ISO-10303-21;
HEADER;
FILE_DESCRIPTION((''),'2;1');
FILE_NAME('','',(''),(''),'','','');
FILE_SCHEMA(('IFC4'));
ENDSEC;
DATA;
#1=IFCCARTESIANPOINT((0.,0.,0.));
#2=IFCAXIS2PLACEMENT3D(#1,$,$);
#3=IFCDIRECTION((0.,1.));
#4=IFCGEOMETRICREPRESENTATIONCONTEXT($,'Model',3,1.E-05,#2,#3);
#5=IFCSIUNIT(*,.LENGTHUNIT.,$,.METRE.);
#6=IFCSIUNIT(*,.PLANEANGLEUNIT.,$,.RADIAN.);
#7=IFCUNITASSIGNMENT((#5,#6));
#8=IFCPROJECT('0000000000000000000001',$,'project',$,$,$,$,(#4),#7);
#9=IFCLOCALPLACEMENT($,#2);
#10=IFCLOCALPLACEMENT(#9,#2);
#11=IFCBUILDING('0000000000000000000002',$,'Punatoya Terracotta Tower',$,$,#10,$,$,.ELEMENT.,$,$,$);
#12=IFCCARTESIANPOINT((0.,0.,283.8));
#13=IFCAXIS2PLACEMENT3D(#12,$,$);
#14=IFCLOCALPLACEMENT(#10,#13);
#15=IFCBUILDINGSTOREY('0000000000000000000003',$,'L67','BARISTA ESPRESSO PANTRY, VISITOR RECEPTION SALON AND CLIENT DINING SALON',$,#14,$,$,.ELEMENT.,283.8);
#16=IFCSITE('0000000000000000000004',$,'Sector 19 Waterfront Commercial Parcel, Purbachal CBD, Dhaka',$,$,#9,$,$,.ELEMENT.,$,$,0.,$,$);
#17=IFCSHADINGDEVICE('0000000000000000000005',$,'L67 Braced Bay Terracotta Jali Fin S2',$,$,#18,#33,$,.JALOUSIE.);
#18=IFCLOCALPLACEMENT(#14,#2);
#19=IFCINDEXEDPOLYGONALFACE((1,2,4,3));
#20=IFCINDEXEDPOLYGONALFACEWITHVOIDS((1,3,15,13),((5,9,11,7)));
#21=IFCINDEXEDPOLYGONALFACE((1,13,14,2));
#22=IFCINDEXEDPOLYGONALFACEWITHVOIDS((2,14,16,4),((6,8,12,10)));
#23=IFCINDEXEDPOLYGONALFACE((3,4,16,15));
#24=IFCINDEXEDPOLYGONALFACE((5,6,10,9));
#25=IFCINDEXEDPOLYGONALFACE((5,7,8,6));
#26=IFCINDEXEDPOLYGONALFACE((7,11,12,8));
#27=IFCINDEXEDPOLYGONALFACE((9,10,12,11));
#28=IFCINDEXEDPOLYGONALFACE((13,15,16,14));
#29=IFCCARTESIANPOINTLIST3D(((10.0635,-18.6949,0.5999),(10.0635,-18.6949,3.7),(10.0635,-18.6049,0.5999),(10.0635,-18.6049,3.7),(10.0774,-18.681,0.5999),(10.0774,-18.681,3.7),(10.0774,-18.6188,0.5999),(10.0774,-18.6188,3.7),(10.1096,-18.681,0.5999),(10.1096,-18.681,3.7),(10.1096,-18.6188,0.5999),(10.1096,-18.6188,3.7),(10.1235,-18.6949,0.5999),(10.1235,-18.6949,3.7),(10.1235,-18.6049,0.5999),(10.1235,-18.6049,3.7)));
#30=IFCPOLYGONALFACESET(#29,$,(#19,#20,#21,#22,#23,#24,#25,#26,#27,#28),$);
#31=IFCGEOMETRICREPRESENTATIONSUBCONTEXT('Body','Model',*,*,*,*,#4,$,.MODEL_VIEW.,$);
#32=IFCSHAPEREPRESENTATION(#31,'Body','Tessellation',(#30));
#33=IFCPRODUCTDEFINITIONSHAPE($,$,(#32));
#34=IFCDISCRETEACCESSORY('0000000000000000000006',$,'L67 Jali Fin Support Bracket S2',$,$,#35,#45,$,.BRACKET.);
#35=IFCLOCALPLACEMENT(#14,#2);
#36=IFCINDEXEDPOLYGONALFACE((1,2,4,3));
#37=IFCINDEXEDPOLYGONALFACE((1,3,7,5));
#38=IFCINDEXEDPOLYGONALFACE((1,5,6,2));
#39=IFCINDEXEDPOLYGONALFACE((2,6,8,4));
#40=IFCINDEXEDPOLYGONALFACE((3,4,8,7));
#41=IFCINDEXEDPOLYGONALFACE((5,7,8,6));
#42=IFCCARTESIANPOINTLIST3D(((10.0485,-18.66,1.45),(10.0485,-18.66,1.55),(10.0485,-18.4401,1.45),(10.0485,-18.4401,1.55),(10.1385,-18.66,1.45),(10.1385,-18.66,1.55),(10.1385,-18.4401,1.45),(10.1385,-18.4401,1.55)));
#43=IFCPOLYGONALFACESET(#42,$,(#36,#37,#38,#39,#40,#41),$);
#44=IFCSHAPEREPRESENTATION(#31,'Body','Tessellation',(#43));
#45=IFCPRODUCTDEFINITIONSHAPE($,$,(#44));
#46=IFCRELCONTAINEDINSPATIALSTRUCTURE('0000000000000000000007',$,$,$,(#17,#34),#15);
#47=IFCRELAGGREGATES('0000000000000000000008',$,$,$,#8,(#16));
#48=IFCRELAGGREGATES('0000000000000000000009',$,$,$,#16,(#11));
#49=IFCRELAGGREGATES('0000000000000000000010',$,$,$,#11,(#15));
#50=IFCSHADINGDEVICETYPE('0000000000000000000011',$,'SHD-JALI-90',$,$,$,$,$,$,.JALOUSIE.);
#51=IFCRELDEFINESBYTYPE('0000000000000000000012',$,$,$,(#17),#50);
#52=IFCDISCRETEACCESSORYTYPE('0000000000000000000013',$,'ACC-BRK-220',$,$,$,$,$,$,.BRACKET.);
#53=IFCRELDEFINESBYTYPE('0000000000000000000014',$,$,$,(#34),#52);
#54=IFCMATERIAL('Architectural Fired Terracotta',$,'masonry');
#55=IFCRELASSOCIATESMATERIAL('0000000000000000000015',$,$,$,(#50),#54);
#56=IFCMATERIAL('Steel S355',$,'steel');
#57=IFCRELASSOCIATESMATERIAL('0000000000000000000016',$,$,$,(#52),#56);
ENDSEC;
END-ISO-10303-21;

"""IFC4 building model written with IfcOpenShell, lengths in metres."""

from ifc_helpers import new_model, si_unit, direction, frame, origin, origin_2d, place, context, subcontext, project, spatial, rectangle, hollow_rectangle, extrude, material, material_profile, profile_set, type_object, element, save


model = new_model("IFC4")

# Units and contexts
model_context = context("Model", 3, precision=1e-05, world=origin(), true_north=direction((0.0, 1.0)))
body_context = subcontext(model_context, "Body", "Model", "MODEL_VIEW")
ifc_project = project(units=[si_unit("LENGTHUNIT", "METRE"), si_unit("PLANEANGLEUNIT", "RADIAN")], contexts=[model_context])

# Site, building, storey
site_placement = place(None, origin())
site = spatial("IfcSite", under=ifc_project, at=site_placement, Name="Sector 19 Waterfront Commercial Parcel, Purbachal CBD, Dhaka", CompositionType="ELEMENT", RefElevation=0.0)
building_placement = place(site_placement, origin())
building = spatial("IfcBuilding", under=site, at=building_placement, Name="Punatoya Terracotta Tower", CompositionType="ELEMENT")
storey_placement = place(building_placement, frame((0.0, 0.0, 283.8)))
storey = spatial("IfcBuildingStorey", under=building, at=storey_placement, Name="L67", Description="BARISTA ESPRESSO PANTRY, VISITOR RECEPTION SALON AND CLIENT DINING SALON", CompositionType="ELEMENT", Elevation=283.8)

# Shared definitions
ifc_material_1 = material(Name="Steel S355", Category="steel")

# Shading device
ifc_material_2 = material(Name="Architectural Fired Terracotta", Category="masonry")
ifc_material_profile_1 = material_profile(ifc_material_2, hollow_rectangle(XDim=0.0601, YDim=0.0901, WallThickness=0.0139, at=origin_2d()))
ifc_profile_set_1 = profile_set([ifc_material_profile_1], Name="Architectural Fired Terracotta")
shading_device_type = type_object("IfcShadingDeviceType", Name="SHD-JALI-90", PredefinedType="JALOUSIE", material=ifc_profile_set_1)
shading_device_placement = place(storey_placement, frame((10.0935, -18.6499, 0.5999), z_axis=(0.0, 0.0, 1.0), x_axis=(1.0, 0.0, 0.0)))
element("IfcShadingDevice", 1, at=shading_device_placement, inside=storey, type_object=shading_device_type, Name="L67 Braced Bay Terracotta Jali Fin S2", PredefinedType="JALOUSIE", context=body_context, shape_type="SweptSolid", body=[
    extrude(hollow_rectangle(XDim=0.0601, YDim=0.0901, WallThickness=0.0139, at=origin_2d()), origin(), (0.0, 0.0, 1.0), 3.1001),
])

# Discrete accessory
discrete_accessory_type = type_object("IfcDiscreteAccessoryType", Name="ACC-BRK-220", PredefinedType="BRACKET", material=ifc_material_1)
discrete_accessory_placement = place(storey_placement, frame((10.0935, -18.55, 1.45), z_axis=(0.0, 0.0, 1.0), x_axis=(1.0, 0.0, 0.0)))
element("IfcDiscreteAccessory", 2, at=discrete_accessory_placement, inside=storey, type_object=discrete_accessory_type, Name="L67 Jali Fin Support Bracket S2", PredefinedType="BRACKET", context=body_context, shape_type="SweptSolid", body=[
    extrude(rectangle(XDim=0.0901, YDim=0.22, at=origin_2d()), origin(), (0.0, 0.0, 1.0), 0.1001),
])

save(model, "model.ifc")
